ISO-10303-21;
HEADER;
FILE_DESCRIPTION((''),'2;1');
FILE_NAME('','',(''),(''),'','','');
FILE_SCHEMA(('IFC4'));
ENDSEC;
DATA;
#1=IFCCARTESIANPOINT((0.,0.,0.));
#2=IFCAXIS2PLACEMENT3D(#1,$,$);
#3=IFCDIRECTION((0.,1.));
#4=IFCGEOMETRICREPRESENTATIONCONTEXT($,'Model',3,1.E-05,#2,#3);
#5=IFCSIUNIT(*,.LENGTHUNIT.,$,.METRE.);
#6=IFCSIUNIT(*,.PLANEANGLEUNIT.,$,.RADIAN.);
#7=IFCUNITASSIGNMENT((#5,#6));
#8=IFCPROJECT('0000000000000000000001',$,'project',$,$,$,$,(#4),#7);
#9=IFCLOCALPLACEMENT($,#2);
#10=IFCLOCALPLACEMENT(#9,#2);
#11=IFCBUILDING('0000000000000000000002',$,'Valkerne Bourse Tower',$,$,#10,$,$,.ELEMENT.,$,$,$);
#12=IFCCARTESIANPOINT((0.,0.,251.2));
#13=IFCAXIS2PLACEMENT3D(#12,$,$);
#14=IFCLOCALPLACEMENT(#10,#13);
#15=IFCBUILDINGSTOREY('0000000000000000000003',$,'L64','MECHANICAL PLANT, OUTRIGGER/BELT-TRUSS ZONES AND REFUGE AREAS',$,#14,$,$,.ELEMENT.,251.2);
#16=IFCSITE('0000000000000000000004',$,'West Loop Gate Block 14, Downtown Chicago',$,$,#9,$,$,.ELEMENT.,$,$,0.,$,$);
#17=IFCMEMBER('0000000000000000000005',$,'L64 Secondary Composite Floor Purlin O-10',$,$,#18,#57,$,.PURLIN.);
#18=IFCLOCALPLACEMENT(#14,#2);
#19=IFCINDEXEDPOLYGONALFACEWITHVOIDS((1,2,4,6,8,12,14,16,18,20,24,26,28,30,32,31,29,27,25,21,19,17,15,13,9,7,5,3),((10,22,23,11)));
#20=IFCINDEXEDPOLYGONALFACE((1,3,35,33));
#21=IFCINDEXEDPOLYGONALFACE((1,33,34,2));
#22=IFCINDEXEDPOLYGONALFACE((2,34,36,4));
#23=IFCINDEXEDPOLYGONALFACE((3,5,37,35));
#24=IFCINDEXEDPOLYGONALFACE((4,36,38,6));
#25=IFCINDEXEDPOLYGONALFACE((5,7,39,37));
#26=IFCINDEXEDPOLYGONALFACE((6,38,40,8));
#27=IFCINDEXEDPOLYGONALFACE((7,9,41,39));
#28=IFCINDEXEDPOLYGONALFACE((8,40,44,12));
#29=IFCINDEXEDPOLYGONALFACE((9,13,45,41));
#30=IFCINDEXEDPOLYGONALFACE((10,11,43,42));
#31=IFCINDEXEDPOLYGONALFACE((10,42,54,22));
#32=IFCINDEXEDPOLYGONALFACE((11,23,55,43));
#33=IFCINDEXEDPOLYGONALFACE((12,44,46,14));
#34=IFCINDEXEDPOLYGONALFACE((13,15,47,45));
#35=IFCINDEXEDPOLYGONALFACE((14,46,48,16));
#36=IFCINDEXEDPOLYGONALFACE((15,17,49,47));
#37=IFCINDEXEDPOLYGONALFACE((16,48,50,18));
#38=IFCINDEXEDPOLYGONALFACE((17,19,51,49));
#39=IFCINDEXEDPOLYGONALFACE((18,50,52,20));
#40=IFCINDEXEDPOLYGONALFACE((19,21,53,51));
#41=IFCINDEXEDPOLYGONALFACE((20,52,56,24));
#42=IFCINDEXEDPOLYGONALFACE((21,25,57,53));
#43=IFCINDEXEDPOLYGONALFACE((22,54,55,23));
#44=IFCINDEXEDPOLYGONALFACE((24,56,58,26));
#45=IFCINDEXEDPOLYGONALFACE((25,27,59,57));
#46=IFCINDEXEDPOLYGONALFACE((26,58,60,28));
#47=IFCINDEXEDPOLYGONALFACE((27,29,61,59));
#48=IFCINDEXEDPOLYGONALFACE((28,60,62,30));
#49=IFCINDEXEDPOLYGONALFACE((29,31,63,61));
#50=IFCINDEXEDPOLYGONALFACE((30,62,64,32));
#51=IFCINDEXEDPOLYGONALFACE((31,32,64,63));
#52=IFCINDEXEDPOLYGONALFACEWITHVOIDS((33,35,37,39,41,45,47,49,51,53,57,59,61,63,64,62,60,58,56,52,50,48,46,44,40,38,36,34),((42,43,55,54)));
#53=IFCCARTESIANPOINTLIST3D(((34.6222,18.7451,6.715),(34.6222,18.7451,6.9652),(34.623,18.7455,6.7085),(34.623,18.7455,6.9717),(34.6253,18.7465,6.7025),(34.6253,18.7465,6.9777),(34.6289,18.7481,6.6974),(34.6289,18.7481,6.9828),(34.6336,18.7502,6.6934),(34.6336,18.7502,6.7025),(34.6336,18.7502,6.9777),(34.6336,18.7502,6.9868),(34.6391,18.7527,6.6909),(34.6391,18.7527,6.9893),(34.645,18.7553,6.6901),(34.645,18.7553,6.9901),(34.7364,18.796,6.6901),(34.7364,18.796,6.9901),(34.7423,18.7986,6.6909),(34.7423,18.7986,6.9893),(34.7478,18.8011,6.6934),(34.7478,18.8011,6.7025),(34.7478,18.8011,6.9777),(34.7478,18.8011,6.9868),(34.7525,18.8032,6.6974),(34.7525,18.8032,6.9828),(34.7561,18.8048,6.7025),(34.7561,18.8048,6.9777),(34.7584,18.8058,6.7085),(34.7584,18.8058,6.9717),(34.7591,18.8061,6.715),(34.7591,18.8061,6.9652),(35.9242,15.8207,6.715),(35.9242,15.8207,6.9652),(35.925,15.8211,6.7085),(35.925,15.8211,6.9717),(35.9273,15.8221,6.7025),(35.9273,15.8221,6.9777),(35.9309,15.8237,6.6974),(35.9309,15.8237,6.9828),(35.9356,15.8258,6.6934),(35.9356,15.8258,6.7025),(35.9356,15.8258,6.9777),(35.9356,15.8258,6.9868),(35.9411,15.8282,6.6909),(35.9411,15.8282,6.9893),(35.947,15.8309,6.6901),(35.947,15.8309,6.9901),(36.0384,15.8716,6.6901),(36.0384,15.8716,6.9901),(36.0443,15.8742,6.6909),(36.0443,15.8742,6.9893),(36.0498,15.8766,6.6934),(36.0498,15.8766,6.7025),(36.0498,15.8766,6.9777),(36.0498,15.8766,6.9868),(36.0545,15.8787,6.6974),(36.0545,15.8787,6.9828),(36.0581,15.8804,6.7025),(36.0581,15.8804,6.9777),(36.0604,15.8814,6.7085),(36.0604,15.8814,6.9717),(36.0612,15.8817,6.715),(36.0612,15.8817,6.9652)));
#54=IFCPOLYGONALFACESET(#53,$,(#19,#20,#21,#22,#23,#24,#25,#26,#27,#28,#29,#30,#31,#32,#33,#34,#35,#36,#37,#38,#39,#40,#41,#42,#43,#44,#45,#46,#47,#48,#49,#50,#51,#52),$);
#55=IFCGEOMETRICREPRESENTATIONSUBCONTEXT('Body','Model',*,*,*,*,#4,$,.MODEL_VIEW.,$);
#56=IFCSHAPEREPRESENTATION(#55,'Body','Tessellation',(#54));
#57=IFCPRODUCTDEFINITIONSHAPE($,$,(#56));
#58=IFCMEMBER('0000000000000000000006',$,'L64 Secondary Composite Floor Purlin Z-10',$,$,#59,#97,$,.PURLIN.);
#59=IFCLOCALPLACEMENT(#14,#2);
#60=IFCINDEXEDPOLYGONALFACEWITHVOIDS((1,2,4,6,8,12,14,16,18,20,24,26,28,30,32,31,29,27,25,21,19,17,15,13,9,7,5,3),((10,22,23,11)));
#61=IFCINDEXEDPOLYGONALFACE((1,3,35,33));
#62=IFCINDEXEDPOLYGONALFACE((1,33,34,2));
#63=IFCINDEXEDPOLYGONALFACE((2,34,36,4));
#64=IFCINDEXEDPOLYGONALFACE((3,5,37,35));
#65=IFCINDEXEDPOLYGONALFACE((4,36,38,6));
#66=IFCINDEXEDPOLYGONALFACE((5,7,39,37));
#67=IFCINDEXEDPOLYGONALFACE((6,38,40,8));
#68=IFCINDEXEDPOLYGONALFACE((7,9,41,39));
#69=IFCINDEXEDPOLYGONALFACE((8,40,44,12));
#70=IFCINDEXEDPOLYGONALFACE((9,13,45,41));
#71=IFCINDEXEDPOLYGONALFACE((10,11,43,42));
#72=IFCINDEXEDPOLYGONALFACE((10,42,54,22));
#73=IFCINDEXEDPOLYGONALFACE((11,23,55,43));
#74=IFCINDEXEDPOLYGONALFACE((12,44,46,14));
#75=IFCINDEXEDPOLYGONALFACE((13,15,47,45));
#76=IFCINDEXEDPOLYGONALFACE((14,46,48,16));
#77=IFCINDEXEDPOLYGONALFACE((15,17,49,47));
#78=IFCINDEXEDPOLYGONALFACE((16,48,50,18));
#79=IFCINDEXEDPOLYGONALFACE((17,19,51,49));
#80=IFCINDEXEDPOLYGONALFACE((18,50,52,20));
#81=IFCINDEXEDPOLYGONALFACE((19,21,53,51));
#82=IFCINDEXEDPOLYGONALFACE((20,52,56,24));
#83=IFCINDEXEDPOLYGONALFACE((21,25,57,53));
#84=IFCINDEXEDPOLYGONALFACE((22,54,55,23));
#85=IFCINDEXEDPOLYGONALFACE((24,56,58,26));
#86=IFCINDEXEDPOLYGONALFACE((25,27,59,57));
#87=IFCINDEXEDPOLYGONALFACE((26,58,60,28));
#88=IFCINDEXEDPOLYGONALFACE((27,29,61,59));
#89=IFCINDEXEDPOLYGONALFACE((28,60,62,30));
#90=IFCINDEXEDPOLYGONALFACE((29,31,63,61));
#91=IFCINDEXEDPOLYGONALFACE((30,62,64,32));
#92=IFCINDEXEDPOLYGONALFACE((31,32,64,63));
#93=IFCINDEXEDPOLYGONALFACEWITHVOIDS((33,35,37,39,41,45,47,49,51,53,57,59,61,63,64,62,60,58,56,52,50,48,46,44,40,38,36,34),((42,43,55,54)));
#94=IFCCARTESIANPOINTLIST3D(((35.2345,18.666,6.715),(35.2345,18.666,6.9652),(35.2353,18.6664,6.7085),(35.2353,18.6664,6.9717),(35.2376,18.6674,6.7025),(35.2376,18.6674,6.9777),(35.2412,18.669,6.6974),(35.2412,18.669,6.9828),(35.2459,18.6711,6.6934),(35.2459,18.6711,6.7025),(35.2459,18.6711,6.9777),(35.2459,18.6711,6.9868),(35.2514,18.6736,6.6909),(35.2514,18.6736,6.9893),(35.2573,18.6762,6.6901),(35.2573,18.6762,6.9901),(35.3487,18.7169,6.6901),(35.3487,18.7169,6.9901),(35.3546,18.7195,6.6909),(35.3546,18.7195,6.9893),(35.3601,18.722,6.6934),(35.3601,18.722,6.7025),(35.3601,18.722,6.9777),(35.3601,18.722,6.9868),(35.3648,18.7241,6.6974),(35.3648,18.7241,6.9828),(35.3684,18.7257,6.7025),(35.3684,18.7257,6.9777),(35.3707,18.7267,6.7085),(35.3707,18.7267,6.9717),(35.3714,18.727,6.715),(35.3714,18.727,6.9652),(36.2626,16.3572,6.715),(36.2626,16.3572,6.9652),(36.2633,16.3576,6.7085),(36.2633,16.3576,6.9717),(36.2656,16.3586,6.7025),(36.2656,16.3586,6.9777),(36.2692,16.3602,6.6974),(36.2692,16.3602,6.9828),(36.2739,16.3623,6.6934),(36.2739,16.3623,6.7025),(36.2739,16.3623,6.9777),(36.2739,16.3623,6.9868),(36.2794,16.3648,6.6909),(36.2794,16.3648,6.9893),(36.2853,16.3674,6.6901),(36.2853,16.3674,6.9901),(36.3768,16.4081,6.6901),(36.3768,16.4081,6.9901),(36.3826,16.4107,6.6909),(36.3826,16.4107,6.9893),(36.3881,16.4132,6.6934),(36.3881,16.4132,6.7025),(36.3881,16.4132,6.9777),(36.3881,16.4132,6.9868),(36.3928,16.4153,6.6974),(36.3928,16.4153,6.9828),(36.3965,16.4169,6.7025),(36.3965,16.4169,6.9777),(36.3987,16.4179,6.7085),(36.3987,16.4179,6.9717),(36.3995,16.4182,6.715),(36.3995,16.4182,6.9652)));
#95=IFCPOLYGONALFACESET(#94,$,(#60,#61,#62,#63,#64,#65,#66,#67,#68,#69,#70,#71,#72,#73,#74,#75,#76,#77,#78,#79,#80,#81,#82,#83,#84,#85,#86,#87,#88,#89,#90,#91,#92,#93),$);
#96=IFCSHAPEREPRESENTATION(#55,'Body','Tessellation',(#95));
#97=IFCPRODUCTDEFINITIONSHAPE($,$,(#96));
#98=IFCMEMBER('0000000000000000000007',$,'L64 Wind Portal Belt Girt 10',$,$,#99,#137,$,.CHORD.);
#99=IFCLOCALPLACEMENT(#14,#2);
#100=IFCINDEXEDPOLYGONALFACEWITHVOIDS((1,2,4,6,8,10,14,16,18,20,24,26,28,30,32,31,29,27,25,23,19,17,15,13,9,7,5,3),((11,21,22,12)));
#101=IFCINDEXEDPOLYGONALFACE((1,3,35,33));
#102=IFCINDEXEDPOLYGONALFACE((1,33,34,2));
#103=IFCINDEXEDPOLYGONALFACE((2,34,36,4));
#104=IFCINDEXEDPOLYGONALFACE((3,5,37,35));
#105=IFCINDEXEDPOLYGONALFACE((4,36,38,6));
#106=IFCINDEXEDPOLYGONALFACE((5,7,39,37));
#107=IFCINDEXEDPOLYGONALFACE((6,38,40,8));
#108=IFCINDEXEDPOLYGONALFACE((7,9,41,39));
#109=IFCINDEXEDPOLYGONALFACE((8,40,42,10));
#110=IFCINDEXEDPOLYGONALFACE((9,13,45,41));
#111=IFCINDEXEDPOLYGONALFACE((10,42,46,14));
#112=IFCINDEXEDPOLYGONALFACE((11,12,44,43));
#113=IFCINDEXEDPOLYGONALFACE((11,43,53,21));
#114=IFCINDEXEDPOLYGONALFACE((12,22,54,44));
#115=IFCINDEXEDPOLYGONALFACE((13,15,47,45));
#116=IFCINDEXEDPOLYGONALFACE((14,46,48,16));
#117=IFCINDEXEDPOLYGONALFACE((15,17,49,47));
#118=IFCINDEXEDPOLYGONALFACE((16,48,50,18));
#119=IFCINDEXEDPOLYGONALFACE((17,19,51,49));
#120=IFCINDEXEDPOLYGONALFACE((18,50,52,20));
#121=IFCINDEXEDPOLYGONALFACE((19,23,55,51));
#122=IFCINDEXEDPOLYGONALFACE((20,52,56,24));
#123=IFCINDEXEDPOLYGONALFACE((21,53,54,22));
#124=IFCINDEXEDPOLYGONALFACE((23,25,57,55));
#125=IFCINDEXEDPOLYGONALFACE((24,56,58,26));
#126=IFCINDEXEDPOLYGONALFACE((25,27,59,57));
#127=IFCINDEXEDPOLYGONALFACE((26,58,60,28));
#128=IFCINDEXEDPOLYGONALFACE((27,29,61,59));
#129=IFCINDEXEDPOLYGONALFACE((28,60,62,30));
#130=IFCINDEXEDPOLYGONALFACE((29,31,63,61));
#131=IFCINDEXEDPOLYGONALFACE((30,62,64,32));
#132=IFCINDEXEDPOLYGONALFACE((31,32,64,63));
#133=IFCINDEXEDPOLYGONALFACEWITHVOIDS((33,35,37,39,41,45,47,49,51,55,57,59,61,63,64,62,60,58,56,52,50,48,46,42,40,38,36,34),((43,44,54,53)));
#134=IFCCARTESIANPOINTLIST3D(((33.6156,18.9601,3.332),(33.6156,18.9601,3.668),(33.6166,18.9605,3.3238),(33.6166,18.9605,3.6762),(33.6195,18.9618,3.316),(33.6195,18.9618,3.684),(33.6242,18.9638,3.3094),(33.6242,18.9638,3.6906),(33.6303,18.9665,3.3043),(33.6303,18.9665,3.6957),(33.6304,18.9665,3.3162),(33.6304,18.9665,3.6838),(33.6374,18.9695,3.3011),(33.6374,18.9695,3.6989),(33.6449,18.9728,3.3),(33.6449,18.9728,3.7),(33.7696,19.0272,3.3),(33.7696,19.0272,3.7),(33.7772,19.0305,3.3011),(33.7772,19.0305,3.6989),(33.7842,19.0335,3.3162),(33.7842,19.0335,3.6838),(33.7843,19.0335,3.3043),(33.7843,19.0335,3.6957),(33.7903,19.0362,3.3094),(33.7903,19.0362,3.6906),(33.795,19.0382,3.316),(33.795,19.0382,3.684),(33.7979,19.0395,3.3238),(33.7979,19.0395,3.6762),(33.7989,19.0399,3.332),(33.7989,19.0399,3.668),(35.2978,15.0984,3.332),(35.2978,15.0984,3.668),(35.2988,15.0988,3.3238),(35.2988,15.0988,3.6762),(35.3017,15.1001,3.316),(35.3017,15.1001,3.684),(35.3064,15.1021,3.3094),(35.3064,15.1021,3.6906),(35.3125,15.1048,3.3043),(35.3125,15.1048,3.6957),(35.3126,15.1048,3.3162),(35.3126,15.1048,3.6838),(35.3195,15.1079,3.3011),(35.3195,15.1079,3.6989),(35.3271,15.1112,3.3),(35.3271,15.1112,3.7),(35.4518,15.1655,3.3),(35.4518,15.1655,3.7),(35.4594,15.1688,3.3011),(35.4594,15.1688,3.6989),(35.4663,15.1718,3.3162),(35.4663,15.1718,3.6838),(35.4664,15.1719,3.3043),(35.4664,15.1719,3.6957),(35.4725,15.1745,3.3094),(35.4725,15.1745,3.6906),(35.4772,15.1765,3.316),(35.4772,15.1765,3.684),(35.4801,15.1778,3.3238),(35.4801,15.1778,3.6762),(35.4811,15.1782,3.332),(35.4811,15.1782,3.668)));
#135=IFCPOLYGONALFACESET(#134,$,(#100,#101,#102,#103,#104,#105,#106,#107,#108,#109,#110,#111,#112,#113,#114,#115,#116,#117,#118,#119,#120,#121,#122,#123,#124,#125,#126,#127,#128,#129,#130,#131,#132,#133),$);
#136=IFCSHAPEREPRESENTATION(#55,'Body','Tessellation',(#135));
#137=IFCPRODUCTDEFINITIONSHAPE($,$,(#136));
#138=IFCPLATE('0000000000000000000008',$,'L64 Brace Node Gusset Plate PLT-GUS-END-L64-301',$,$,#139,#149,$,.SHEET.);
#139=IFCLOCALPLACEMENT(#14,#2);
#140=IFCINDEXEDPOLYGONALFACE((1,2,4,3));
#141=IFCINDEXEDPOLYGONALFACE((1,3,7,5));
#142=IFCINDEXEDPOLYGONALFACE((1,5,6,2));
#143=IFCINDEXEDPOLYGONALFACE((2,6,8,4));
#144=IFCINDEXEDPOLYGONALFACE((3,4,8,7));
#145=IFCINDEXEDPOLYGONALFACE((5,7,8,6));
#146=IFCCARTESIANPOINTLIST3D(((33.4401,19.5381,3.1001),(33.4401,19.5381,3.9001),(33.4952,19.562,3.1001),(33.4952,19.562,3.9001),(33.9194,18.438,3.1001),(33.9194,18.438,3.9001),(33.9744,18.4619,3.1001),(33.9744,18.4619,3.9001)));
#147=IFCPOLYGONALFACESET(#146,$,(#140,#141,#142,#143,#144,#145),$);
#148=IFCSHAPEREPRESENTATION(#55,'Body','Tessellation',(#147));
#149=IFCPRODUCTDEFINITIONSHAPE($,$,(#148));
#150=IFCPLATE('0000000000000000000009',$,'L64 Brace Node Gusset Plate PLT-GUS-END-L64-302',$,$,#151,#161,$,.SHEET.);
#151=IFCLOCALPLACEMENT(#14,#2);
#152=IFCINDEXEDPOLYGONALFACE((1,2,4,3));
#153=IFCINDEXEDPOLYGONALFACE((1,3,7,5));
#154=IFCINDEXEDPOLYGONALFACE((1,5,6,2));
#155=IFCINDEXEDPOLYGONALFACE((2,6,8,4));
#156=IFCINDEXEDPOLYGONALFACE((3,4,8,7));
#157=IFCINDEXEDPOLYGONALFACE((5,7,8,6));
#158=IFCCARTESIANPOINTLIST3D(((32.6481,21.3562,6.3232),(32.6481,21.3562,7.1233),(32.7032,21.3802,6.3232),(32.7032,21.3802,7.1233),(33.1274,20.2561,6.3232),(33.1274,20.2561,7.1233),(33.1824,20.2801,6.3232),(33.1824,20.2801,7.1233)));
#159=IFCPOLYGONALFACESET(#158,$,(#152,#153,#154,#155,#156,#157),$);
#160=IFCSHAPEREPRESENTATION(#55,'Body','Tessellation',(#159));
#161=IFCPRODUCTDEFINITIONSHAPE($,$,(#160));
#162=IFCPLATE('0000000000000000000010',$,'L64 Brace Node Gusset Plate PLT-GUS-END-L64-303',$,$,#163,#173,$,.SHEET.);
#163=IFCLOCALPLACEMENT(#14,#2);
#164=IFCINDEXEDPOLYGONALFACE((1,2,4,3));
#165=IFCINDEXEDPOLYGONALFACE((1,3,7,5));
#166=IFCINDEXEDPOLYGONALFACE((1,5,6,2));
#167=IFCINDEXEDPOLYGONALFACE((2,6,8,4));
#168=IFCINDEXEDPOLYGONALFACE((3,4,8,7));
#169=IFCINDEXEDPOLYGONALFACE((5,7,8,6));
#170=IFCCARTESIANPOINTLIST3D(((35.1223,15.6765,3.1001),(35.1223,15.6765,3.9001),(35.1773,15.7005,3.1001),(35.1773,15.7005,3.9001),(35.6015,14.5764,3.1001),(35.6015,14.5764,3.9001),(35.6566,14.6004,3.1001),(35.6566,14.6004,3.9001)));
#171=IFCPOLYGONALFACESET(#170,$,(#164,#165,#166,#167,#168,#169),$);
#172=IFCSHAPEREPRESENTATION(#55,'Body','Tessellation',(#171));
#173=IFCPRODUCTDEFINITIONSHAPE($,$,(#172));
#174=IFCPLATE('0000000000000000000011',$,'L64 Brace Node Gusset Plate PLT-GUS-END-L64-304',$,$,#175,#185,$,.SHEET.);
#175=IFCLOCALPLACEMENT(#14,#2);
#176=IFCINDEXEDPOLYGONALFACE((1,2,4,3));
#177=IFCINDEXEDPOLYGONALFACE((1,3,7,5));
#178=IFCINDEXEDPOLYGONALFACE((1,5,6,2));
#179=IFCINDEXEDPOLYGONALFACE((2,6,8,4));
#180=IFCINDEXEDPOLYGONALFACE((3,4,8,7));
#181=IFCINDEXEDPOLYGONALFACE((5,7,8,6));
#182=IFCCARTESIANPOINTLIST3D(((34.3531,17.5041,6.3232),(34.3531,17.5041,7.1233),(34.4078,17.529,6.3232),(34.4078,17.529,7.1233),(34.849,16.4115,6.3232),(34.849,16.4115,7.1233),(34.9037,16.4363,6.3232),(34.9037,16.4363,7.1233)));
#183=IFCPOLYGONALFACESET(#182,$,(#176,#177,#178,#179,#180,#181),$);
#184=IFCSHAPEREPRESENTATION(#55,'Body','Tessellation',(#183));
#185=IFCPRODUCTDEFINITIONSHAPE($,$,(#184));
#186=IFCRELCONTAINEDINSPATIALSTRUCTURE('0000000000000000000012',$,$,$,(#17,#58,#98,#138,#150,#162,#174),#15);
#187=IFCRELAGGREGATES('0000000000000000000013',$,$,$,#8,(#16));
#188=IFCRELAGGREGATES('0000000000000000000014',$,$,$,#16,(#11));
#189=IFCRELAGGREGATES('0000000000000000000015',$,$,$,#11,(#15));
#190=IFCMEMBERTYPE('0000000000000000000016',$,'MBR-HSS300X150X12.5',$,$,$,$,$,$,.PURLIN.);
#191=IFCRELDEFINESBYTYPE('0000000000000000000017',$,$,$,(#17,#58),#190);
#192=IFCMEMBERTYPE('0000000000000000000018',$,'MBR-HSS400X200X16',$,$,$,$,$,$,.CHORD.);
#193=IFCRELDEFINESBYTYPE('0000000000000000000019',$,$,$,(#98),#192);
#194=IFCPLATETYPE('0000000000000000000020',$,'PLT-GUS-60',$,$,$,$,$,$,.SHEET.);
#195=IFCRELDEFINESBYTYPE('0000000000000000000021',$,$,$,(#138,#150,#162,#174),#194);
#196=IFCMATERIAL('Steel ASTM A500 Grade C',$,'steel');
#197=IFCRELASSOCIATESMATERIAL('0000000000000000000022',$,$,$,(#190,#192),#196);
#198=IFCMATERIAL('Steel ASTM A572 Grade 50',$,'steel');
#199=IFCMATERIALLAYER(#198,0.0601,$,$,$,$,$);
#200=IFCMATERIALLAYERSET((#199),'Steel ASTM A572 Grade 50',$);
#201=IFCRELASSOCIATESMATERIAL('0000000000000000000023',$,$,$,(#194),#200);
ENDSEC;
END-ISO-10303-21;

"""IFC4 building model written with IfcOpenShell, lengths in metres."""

from ifc_helpers import new_model, si_unit, direction, frame, origin, origin_2d, place, context, subcontext, project, spatial, rectangle, hollow_rectangle, extrude, material, layer, layer_set, material_profile, profile_set, type_object, element, save


model = new_model("IFC4")

# Units and contexts
model_context = context("Model", 3, precision=1e-05, world=origin(), true_north=direction((0.0, 1.0)))
body_context = subcontext(model_context, "Body", "Model", "MODEL_VIEW")
ifc_project = project(units=[si_unit("LENGTHUNIT", "METRE"), si_unit("PLANEANGLEUNIT", "RADIAN")], contexts=[model_context])

# Site, building, storey
site_placement = place(None, origin())
site = spatial("IfcSite", under=ifc_project, at=site_placement, Name="West Loop Gate Block 14, Downtown Chicago", CompositionType="ELEMENT", RefElevation=0.0)
building_placement = place(site_placement, origin())
building = spatial("IfcBuilding", under=site, at=building_placement, Name="Valkerne Bourse Tower", CompositionType="ELEMENT")
storey_placement = place(building_placement, frame((0.0, 0.0, 251.2)))
storey = spatial("IfcBuildingStorey", under=building, at=storey_placement, Name="L64", Description="MECHANICAL PLANT, OUTRIGGER/BELT-TRUSS ZONES AND REFUGE AREAS", CompositionType="ELEMENT", Elevation=251.2)

# Members
ifc_material_1 = material(Name="Steel ASTM A500 Grade C", Category="steel")
ifc_material_profile_1 = material_profile(ifc_material_1, hollow_rectangle(XDim=0.1499, YDim=0.3, WallThickness=0.0125, OuterFilletRadius=0.0249, at=origin_2d()), Name="HSS300X150X12.5")
ifc_profile_set_1 = profile_set([ifc_material_profile_1], Name="Steel ASTM A500 Grade C")
member_type_1 = type_object("IfcMemberType", Name="MBR-HSS300X150X12.5", PredefinedType="PURLIN", material=ifc_profile_set_1)
member_1_placement = place(storey_placement, frame((34.6907, 18.7756, 6.8401), z_axis=(0.40674, -0.913544, 0.0), x_axis=(0.913544, 0.40674, 0.0)))
element("IfcMember", 1, at=member_1_placement, inside=storey, type_object=member_type_1, Name="L64 Secondary Composite Floor Purlin O-10", PredefinedType="PURLIN", context=body_context, shape_type="SweptSolid", body=[
    extrude(hollow_rectangle(XDim=0.1499, YDim=0.3, WallThickness=0.0125, OuterFilletRadius=0.0249, at=origin_2d()), origin(), (0.0, 0.0, 1.0), 3.2012),
])
member_2_placement = place(storey_placement, frame((35.303, 18.6965, 6.8401), z_axis=(0.406775, -0.913529, 0.0), x_axis=(0.913529, 0.406775, 0.0)))
element("IfcMember", 2, at=member_2_placement, inside=storey, type_object=member_type_1, Name="L64 Secondary Composite Floor Purlin Z-10", PredefinedType="PURLIN", context=body_context, shape_type="SweptSolid", body=[
    extrude(hollow_rectangle(XDim=0.1499, YDim=0.3, WallThickness=0.0125, OuterFilletRadius=0.0249, at=origin_2d()), origin(), (0.0, 0.0, 1.0), 2.5273),
])
ifc_material_profile_2 = material_profile(ifc_material_1, hollow_rectangle(XDim=0.2, YDim=0.3999, WallThickness=0.0161, OuterFilletRadius=0.032, at=origin_2d()), Name="HSS400X200X16")
ifc_profile_set_2 = profile_set([ifc_material_profile_2], Name="Steel ASTM A500 Grade C")
member_type_2 = type_object("IfcMemberType", Name="MBR-HSS400X200X16", PredefinedType="CHORD", material=ifc_profile_set_2)
member_3_placement = place(storey_placement, frame((33.7073, 19.0, 3.5), z_axis=(0.399362, -0.916793, 0.0), x_axis=(0.916793, 0.399362, 0.0)))
element("IfcMember", 3, at=member_3_placement, inside=storey, type_object=member_type_2, Name="L64 Wind Portal Belt Girt 10", PredefinedType="CHORD", context=body_context, shape_type="SweptSolid", body=[
    extrude(hollow_rectangle(XDim=0.2, YDim=0.3999, WallThickness=0.0161, OuterFilletRadius=0.032, at=origin_2d()), origin(), (0.0, 0.0, 1.0), 4.2122),
])

# Plates
ifc_material_2 = material(Name="Steel ASTM A572 Grade 50", Category="steel")
ifc_layer_1 = layer(ifc_material_2, 0.0601)
ifc_layer_set_1 = layer_set([ifc_layer_1], Name="Steel ASTM A572 Grade 50")
plate_type = type_object("IfcPlateType", Name="PLT-GUS-60", PredefinedType="SHEET", material=ifc_layer_set_1)
for number, where, z_axis, x_axis, name in (
    (4, (33.7073, 19.0, 3.1001), (0.0, 0.0, 1.0), (0.399389, -0.916781, 0.0), "L64 Brace Node Gusset Plate PLT-GUS-END-L64-301"),
    (5, (32.9153, 20.8181, 6.3232), (0.0, 0.0, 1.0), (0.399389, -0.916781, 0.0), "L64 Brace Node Gusset Plate PLT-GUS-END-L64-302"),
    (6, (35.3894, 15.1384, 3.1001), (0.0, 0.0, 1.0), (0.399389, -0.916781, 0.0), "L64 Brace Node Gusset Plate PLT-GUS-END-L64-303"),
    (7, (34.6284, 16.9702, 6.3232), (0.0, 0.0, 1.0), (0.413263, -0.910612, 0.0), "L64 Brace Node Gusset Plate PLT-GUS-END-L64-304"),
):
    element("IfcPlate", number, at=place(storey_placement, frame(where, z_axis=z_axis, x_axis=x_axis)), inside=storey, type_object=plate_type, Name=name, PredefinedType="SHEET", context=body_context, shape_type="SweptSolid", body=[
        extrude(rectangle(XDim=1.2, YDim=0.0601, at=origin_2d()), origin(), (0.0, 0.0, 1.0), 0.8),
    ])

save(model, "model.ifc")
